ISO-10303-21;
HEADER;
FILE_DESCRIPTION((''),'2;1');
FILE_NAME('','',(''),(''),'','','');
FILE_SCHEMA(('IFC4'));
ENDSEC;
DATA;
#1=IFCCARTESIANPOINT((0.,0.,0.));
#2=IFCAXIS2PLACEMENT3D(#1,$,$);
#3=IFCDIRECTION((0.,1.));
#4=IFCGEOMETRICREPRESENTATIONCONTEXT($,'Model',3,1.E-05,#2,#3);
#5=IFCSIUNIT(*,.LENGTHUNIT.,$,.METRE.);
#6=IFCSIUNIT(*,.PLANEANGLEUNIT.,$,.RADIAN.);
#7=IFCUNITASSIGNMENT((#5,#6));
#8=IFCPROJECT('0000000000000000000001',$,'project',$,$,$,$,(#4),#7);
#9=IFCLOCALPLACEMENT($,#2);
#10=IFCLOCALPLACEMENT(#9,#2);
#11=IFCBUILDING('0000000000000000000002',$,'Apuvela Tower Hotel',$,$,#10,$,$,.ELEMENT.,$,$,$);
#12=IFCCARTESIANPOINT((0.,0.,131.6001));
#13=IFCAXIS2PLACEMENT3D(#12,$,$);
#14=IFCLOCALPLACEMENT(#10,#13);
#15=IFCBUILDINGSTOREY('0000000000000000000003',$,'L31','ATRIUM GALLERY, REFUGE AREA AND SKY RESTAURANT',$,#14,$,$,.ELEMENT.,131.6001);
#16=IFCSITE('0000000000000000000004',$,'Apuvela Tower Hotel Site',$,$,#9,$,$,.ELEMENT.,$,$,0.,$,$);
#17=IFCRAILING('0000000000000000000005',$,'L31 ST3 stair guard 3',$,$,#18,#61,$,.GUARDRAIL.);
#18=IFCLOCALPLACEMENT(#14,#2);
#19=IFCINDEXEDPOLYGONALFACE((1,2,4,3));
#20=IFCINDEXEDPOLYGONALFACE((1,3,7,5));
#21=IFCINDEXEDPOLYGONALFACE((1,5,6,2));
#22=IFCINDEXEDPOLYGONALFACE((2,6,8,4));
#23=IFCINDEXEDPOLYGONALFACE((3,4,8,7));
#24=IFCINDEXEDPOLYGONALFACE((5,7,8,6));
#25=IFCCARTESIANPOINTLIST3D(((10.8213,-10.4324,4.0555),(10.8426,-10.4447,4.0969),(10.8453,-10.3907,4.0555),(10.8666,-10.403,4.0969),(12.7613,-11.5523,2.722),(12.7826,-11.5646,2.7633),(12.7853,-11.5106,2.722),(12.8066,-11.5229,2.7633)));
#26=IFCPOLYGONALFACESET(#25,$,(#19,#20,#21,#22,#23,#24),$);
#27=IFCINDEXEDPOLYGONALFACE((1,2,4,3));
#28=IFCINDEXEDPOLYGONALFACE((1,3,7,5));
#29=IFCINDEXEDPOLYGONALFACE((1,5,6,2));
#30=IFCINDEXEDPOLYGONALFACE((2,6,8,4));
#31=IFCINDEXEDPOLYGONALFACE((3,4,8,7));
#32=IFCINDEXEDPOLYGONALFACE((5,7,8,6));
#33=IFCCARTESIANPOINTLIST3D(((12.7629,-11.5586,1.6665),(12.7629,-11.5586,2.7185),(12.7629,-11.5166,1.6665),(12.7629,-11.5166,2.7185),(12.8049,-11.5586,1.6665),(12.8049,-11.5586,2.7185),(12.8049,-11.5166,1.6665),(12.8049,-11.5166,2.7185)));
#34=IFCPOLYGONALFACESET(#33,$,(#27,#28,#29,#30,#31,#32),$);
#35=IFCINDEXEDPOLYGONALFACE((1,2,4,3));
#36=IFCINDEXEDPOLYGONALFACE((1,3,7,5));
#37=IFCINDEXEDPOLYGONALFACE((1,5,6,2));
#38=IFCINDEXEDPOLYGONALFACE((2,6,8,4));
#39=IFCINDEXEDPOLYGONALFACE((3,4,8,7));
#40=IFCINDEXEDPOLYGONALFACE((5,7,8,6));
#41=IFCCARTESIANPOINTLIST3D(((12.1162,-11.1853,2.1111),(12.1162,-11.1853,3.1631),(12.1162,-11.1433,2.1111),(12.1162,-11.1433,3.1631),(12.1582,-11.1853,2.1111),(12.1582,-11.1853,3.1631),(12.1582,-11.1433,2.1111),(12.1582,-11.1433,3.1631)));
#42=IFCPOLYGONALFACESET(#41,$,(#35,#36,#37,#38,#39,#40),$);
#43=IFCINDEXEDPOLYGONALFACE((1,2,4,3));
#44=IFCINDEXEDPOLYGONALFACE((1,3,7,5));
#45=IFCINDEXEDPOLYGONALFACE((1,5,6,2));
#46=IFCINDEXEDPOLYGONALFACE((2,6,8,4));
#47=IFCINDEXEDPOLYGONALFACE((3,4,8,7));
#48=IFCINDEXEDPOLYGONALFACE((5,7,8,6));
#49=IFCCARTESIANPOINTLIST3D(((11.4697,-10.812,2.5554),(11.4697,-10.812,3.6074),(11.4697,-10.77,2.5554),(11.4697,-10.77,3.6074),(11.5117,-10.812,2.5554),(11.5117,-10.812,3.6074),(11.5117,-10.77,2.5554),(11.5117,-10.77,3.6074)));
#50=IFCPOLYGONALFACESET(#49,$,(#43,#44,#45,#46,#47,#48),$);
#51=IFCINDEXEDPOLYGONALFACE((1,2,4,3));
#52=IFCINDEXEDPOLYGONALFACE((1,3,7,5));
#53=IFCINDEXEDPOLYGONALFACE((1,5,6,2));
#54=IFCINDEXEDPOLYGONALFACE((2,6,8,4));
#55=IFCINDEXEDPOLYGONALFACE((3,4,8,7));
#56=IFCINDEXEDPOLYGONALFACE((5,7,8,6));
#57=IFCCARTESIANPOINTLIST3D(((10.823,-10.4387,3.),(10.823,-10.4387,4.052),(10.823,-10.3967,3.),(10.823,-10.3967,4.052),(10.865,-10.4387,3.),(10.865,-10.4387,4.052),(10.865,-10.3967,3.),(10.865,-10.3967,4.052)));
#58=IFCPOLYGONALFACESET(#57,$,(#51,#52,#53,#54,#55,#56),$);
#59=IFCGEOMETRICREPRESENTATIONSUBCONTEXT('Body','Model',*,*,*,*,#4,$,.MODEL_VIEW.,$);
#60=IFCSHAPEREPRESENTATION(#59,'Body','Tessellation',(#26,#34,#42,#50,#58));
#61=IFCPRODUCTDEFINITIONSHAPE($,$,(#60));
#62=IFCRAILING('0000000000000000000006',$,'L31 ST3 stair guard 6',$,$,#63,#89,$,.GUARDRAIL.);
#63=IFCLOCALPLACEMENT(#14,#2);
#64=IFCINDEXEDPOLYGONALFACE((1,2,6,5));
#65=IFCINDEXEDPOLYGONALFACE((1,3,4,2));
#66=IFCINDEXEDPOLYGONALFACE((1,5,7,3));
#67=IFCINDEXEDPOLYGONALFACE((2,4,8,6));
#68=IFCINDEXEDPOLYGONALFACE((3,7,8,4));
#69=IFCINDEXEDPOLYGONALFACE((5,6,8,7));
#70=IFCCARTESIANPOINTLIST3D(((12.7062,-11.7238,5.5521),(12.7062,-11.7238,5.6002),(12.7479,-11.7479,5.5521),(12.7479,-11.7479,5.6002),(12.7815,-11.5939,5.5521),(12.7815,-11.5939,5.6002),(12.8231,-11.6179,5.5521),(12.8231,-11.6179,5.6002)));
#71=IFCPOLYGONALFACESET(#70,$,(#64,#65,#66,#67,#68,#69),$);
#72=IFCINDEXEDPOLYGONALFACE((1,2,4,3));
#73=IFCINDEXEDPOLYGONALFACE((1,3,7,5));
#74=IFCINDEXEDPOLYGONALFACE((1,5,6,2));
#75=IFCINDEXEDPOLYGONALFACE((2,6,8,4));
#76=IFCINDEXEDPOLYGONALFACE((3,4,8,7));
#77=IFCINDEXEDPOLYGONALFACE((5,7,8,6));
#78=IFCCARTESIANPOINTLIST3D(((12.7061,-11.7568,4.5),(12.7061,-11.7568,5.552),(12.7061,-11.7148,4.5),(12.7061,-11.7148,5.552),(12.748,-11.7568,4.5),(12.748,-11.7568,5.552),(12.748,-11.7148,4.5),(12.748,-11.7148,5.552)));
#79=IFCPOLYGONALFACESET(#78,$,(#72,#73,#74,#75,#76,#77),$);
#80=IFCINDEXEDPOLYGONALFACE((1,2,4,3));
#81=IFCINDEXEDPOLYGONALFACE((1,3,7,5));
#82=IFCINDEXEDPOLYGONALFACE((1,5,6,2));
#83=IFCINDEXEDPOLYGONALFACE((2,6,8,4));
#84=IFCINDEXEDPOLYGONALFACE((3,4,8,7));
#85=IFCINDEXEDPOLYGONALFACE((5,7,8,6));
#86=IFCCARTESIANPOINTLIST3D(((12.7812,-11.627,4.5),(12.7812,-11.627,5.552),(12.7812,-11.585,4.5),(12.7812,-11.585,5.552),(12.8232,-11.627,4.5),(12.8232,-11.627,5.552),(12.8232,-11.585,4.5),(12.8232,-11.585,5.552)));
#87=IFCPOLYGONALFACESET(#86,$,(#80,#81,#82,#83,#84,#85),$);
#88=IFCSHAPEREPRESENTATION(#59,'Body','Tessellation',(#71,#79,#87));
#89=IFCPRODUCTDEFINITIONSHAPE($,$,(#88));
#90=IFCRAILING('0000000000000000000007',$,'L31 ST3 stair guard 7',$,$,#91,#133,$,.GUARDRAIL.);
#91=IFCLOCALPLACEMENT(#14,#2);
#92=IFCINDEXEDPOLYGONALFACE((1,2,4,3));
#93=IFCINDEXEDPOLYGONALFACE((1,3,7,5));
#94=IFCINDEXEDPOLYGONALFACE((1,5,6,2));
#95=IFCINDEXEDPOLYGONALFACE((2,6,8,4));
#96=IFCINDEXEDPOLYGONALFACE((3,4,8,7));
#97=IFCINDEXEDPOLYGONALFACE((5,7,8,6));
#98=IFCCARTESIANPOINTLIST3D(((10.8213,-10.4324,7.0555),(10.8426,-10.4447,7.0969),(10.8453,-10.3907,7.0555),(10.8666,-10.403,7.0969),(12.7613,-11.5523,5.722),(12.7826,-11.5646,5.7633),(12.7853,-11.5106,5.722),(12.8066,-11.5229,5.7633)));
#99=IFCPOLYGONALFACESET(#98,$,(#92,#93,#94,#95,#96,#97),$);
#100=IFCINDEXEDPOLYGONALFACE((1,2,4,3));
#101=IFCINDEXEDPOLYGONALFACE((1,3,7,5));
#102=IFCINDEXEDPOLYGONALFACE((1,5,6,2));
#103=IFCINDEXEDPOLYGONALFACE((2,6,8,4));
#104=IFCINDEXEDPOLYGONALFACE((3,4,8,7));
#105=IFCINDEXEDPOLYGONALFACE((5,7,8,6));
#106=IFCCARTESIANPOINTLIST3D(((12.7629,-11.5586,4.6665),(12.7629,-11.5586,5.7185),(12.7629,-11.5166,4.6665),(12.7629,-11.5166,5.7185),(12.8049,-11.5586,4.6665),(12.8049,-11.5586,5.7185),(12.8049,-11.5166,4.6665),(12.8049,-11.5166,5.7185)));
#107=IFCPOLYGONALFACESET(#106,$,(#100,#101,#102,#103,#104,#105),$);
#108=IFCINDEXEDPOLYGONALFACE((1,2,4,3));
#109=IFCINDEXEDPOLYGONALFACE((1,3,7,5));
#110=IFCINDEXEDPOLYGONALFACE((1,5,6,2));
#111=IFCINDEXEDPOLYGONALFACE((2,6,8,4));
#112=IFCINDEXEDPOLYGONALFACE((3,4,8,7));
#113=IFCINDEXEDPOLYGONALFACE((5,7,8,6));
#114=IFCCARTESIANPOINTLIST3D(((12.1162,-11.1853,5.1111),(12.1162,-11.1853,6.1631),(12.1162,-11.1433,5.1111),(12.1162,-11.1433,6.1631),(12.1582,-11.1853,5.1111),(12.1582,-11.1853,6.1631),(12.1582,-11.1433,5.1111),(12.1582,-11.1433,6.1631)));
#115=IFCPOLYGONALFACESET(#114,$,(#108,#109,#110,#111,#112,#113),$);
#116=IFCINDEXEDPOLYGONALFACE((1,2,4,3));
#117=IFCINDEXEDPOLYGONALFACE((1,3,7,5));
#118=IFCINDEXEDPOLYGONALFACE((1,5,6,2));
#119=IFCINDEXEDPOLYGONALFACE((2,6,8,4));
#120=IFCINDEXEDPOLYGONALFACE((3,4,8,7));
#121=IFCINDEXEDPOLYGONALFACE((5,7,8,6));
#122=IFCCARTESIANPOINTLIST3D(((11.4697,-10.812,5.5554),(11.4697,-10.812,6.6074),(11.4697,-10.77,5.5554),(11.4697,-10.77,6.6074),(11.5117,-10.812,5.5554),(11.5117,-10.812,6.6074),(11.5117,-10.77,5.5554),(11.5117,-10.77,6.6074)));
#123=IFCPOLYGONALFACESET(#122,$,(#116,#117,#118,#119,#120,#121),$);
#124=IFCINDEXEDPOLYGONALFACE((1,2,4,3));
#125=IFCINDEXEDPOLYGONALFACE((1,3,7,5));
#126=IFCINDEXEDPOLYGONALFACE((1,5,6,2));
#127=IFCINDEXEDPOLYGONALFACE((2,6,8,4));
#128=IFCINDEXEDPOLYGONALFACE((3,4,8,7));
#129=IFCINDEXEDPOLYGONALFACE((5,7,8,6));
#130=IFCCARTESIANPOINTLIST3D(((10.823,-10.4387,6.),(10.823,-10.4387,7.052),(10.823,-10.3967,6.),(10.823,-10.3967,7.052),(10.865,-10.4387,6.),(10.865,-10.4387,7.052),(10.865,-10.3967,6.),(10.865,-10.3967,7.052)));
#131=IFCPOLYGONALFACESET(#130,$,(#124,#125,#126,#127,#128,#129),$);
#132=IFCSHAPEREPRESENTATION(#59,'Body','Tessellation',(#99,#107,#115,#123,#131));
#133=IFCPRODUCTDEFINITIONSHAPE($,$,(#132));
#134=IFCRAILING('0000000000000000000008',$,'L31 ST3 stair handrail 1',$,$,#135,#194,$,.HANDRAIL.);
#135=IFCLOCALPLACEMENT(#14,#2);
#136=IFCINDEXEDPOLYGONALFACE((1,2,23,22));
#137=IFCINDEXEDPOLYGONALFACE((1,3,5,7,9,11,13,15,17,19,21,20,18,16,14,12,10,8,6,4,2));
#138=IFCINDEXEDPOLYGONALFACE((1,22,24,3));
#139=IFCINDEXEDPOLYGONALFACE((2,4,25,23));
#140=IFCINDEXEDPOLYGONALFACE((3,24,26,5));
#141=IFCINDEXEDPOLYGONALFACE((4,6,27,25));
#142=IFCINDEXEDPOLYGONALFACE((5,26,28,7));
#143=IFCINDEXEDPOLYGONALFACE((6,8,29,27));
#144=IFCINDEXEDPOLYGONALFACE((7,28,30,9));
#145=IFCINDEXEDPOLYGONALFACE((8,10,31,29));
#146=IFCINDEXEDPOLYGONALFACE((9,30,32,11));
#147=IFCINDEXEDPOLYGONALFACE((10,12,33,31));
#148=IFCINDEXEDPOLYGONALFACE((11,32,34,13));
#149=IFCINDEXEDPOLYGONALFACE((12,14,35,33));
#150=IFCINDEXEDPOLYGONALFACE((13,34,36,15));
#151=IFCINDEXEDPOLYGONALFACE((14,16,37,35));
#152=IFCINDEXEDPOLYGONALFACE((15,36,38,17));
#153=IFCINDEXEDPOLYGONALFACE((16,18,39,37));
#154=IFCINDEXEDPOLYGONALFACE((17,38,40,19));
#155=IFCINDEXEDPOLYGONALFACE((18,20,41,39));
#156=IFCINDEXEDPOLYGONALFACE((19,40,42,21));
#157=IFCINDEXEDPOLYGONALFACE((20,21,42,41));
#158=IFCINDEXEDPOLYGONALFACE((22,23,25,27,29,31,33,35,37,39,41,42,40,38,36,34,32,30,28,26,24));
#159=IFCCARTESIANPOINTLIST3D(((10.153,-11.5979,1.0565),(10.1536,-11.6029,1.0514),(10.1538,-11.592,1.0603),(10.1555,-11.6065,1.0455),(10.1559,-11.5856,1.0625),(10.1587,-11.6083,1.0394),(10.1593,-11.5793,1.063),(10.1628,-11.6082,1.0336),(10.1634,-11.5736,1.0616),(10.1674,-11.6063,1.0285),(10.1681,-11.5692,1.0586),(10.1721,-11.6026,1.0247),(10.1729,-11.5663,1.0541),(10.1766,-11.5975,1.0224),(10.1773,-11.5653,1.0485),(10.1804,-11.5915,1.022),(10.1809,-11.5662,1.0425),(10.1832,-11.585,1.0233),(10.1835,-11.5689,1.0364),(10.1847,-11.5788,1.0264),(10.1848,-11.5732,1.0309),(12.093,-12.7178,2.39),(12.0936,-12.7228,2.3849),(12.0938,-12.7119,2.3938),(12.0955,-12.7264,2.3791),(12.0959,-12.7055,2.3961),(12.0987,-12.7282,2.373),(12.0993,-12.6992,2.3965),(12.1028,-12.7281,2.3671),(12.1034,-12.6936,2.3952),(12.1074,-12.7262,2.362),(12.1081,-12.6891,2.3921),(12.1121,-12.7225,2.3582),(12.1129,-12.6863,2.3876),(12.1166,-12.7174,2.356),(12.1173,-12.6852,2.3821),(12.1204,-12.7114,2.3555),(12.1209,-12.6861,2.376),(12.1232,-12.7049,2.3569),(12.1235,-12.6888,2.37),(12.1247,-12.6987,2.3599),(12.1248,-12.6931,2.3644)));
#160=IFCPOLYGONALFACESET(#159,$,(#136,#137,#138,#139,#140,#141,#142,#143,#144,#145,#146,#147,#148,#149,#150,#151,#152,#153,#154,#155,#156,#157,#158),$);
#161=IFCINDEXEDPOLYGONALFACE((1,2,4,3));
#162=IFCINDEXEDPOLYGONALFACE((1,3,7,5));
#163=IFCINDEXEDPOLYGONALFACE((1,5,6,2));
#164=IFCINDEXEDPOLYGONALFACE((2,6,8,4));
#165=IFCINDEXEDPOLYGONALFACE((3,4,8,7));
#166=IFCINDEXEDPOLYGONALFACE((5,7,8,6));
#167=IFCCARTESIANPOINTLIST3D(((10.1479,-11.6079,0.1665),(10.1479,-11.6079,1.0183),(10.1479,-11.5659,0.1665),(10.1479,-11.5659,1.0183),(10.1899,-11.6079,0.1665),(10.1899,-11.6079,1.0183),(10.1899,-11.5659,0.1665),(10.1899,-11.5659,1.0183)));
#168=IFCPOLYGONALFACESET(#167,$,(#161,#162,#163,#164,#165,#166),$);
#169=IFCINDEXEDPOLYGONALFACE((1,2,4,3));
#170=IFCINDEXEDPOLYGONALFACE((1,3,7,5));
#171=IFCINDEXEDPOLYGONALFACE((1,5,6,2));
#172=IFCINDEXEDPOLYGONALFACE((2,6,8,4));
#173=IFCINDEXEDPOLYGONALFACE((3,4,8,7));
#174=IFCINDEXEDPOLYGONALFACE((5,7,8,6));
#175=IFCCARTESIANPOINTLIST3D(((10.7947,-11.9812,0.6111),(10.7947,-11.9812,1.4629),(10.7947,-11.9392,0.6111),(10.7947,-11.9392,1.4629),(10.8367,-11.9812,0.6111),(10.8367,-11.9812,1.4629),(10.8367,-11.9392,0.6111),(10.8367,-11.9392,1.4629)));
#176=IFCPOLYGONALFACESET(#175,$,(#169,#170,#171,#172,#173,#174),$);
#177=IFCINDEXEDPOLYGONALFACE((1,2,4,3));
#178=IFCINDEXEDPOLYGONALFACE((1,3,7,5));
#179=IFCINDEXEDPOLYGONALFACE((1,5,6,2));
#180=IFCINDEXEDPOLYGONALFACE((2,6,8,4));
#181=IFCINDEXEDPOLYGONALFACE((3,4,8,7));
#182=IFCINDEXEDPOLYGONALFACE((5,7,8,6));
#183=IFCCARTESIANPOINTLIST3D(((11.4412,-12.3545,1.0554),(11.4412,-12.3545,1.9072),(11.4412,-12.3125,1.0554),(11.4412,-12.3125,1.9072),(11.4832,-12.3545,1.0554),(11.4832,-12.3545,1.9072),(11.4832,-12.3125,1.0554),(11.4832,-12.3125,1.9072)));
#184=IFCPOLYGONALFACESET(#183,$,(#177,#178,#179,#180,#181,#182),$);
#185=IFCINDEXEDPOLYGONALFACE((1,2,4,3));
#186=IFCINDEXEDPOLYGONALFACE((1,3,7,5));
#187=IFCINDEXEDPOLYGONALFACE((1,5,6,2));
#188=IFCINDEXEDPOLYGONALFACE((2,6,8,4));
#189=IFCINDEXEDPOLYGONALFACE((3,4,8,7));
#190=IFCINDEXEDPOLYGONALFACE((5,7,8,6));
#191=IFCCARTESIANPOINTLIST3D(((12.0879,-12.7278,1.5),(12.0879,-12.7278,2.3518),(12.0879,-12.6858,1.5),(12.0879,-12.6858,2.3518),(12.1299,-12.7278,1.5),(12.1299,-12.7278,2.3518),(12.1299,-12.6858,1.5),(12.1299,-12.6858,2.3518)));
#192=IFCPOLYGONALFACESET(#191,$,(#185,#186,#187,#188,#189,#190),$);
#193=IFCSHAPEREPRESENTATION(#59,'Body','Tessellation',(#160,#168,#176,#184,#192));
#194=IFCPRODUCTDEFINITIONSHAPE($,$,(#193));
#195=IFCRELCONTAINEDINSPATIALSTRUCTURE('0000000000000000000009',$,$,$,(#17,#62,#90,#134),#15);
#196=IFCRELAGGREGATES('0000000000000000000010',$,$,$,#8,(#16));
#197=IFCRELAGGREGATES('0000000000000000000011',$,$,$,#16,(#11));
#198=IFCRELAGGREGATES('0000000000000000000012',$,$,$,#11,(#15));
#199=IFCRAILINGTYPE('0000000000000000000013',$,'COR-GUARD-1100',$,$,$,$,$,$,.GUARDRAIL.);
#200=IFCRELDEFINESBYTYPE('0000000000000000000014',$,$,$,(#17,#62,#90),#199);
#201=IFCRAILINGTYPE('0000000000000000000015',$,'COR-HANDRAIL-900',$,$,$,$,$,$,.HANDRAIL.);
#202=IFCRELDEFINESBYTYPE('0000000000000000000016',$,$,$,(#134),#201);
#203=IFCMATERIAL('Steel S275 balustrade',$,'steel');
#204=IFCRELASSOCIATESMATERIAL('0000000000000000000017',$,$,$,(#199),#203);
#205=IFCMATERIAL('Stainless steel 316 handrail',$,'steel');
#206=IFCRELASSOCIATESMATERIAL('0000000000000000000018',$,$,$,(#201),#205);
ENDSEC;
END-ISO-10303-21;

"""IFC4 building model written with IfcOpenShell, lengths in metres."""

from ifc_helpers import new_model, si_unit, direction, frame, origin, origin_2d, place, context, subcontext, project, spatial, rectangle, circle, extrude, material, type_object, element, save


model = new_model("IFC4")

# Units and contexts
model_context = context("Model", 3, precision=1e-05, world=origin(), true_north=direction((0.0, 1.0)))
body_context = subcontext(model_context, "Body", "Model", "MODEL_VIEW")
ifc_project = project(units=[si_unit("LENGTHUNIT", "METRE"), si_unit("PLANEANGLEUNIT", "RADIAN")], contexts=[model_context])

# Site, building, storey
site_placement = place(None, origin())
site = spatial("IfcSite", under=ifc_project, at=site_placement, Name="Apuvela Tower Hotel Site", CompositionType="ELEMENT", RefElevation=0.0)
building_placement = place(site_placement, origin())
building = spatial("IfcBuilding", under=site, at=building_placement, Name="Apuvela Tower Hotel", CompositionType="ELEMENT")
storey_placement = place(building_placement, frame((0.0, 0.0, 131.6001)))
storey = spatial("IfcBuildingStorey", under=building, at=storey_placement, Name="L31", Description="ATRIUM GALLERY, REFUGE AREA AND SKY RESTAURANT", CompositionType="ELEMENT", Elevation=131.6001)

# Railings
ifc_material_1 = material(Name="Steel S275 balustrade", Category="steel")
railing_type_1 = type_object("IfcRailingType", Name="COR-GUARD-1100", PredefinedType="GUARDRAIL", material=ifc_material_1)
railing_1_placement = place(storey_placement, frame((12.7839, -11.5376, 1.6665)))
element("IfcRailing", 1, at=railing_1_placement, inside=storey, type_object=railing_type_1, Name="L31 ST3 stair guard 3", PredefinedType="GUARDRAIL", context=body_context, shape_type="SweptSolid", body=[
    extrude(rectangle(XDim=0.0481, YDim=0.0481, at=origin_2d()), frame((0.0, 0.0, 1.0762), z_axis=(-0.744169, 0.429588, 0.511534), x_axis=(-0.499949, -0.866055, 0.0)), (0.0, 0.0, 1.0), 2.6069),
    extrude(rectangle(XDim=0.042, YDim=0.042, at=origin_2d()), origin(), (0.0, 0.0, 1.0), 1.052),
    extrude(rectangle(XDim=0.042, YDim=0.042, at=origin_2d()), frame((-0.6467, 0.3733, 0.4446)), (0.0, 0.0, 1.0), 1.052),
    extrude(rectangle(XDim=0.042, YDim=0.042, at=origin_2d()), frame((-1.2932, 0.7466, 0.8889)), (0.0, 0.0, 1.0), 1.052),
    extrude(rectangle(XDim=0.042, YDim=0.042, at=origin_2d()), frame((-1.9399, 1.1199, 1.3335)), (0.0, 0.0, 1.0), 1.052),
])
railing_2_placement = place(storey_placement, frame((12.7271, -11.7358, 4.5)))
element("IfcRailing", 2, at=railing_2_placement, inside=storey, type_object=railing_type_1, Name="L31 ST3 stair guard 6", PredefinedType="GUARDRAIL", context=body_context, shape_type="SweptSolid", body=[
    extrude(rectangle(XDim=0.0481, YDim=0.0481, at=origin_2d()), frame((0.0, 0.0, 1.0762), z_axis=(0.501036, 0.865426, 0.0), x_axis=(-0.865426, 0.501036, 0.0)), (0.0, 0.0, 1.0), 0.1501),
    extrude(rectangle(XDim=0.042, YDim=0.042, at=origin_2d()), origin(), (0.0, 0.0, 1.0), 1.052),
    extrude(rectangle(XDim=0.042, YDim=0.042, at=origin_2d()), frame((0.0752, 0.1299, 0.0)), (0.0, 0.0, 1.0), 1.052),
])
railing_3_placement = place(storey_placement, frame((12.7839, -11.5376, 4.6665)))
element("IfcRailing", 3, at=railing_3_placement, inside=storey, type_object=railing_type_1, Name="L31 ST3 stair guard 7", PredefinedType="GUARDRAIL", context=body_context, shape_type="SweptSolid", body=[
    extrude(rectangle(XDim=0.0481, YDim=0.0481, at=origin_2d()), frame((0.0, 0.0, 1.0762), z_axis=(-0.744169, 0.429588, 0.511534), x_axis=(-0.499949, -0.866055, 0.0)), (0.0, 0.0, 1.0), 2.6069),
    extrude(rectangle(XDim=0.042, YDim=0.042, at=origin_2d()), origin(), (0.0, 0.0, 1.0), 1.052),
    extrude(rectangle(XDim=0.042, YDim=0.042, at=origin_2d()), frame((-0.6467, 0.3733, 0.4446)), (0.0, 0.0, 1.0), 1.052),
    extrude(rectangle(XDim=0.042, YDim=0.042, at=origin_2d()), frame((-1.2932, 0.7466, 0.8889)), (0.0, 0.0, 1.0), 1.052),
    extrude(rectangle(XDim=0.042, YDim=0.042, at=origin_2d()), frame((-1.9399, 1.1199, 1.3335)), (0.0, 0.0, 1.0), 1.052),
])
ifc_material_2 = material(Name="Stainless steel 316 handrail", Category="steel")
railing_type_2 = type_object("IfcRailingType", Name="COR-HANDRAIL-900", PredefinedType="HANDRAIL", material=ifc_material_2)
for number, where, name in (
    (4, (10.1689, -11.5869, 0.1665), "L31 ST3 stair handrail 1"),
):
    element("IfcRailing", number, at=place(storey_placement, frame(where)), inside=storey, type_object=railing_type_2, Name=name, PredefinedType="HANDRAIL", context=body_context, shape_type="SweptSolid", body=[
        extrude(circle(Radius=0.0239, at=origin_2d()), frame((0.0, 0.0, 0.876), z_axis=(0.744169, -0.429588, 0.511534), x_axis=(0.499949, 0.866055, 0.0)), (0.0, 0.0, 1.0), 2.6069),
        extrude(rectangle(XDim=0.042, YDim=0.042, at=origin_2d()), origin(), (0.0, 0.0, 1.0), 0.8518),
        extrude(rectangle(XDim=0.042, YDim=0.042, at=origin_2d()), frame((0.6467, -0.3733, 0.4446)), (0.0, 0.0, 1.0), 0.8518),
        extrude(rectangle(XDim=0.042, YDim=0.042, at=origin_2d()), frame((1.2932, -0.7466, 0.8889)), (0.0, 0.0, 1.0), 0.8518),
        extrude(rectangle(XDim=0.042, YDim=0.042, at=origin_2d()), frame((1.9399, -1.1199, 1.3335)), (0.0, 0.0, 1.0), 0.8518),
    ])

save(model, "model.ifc")
